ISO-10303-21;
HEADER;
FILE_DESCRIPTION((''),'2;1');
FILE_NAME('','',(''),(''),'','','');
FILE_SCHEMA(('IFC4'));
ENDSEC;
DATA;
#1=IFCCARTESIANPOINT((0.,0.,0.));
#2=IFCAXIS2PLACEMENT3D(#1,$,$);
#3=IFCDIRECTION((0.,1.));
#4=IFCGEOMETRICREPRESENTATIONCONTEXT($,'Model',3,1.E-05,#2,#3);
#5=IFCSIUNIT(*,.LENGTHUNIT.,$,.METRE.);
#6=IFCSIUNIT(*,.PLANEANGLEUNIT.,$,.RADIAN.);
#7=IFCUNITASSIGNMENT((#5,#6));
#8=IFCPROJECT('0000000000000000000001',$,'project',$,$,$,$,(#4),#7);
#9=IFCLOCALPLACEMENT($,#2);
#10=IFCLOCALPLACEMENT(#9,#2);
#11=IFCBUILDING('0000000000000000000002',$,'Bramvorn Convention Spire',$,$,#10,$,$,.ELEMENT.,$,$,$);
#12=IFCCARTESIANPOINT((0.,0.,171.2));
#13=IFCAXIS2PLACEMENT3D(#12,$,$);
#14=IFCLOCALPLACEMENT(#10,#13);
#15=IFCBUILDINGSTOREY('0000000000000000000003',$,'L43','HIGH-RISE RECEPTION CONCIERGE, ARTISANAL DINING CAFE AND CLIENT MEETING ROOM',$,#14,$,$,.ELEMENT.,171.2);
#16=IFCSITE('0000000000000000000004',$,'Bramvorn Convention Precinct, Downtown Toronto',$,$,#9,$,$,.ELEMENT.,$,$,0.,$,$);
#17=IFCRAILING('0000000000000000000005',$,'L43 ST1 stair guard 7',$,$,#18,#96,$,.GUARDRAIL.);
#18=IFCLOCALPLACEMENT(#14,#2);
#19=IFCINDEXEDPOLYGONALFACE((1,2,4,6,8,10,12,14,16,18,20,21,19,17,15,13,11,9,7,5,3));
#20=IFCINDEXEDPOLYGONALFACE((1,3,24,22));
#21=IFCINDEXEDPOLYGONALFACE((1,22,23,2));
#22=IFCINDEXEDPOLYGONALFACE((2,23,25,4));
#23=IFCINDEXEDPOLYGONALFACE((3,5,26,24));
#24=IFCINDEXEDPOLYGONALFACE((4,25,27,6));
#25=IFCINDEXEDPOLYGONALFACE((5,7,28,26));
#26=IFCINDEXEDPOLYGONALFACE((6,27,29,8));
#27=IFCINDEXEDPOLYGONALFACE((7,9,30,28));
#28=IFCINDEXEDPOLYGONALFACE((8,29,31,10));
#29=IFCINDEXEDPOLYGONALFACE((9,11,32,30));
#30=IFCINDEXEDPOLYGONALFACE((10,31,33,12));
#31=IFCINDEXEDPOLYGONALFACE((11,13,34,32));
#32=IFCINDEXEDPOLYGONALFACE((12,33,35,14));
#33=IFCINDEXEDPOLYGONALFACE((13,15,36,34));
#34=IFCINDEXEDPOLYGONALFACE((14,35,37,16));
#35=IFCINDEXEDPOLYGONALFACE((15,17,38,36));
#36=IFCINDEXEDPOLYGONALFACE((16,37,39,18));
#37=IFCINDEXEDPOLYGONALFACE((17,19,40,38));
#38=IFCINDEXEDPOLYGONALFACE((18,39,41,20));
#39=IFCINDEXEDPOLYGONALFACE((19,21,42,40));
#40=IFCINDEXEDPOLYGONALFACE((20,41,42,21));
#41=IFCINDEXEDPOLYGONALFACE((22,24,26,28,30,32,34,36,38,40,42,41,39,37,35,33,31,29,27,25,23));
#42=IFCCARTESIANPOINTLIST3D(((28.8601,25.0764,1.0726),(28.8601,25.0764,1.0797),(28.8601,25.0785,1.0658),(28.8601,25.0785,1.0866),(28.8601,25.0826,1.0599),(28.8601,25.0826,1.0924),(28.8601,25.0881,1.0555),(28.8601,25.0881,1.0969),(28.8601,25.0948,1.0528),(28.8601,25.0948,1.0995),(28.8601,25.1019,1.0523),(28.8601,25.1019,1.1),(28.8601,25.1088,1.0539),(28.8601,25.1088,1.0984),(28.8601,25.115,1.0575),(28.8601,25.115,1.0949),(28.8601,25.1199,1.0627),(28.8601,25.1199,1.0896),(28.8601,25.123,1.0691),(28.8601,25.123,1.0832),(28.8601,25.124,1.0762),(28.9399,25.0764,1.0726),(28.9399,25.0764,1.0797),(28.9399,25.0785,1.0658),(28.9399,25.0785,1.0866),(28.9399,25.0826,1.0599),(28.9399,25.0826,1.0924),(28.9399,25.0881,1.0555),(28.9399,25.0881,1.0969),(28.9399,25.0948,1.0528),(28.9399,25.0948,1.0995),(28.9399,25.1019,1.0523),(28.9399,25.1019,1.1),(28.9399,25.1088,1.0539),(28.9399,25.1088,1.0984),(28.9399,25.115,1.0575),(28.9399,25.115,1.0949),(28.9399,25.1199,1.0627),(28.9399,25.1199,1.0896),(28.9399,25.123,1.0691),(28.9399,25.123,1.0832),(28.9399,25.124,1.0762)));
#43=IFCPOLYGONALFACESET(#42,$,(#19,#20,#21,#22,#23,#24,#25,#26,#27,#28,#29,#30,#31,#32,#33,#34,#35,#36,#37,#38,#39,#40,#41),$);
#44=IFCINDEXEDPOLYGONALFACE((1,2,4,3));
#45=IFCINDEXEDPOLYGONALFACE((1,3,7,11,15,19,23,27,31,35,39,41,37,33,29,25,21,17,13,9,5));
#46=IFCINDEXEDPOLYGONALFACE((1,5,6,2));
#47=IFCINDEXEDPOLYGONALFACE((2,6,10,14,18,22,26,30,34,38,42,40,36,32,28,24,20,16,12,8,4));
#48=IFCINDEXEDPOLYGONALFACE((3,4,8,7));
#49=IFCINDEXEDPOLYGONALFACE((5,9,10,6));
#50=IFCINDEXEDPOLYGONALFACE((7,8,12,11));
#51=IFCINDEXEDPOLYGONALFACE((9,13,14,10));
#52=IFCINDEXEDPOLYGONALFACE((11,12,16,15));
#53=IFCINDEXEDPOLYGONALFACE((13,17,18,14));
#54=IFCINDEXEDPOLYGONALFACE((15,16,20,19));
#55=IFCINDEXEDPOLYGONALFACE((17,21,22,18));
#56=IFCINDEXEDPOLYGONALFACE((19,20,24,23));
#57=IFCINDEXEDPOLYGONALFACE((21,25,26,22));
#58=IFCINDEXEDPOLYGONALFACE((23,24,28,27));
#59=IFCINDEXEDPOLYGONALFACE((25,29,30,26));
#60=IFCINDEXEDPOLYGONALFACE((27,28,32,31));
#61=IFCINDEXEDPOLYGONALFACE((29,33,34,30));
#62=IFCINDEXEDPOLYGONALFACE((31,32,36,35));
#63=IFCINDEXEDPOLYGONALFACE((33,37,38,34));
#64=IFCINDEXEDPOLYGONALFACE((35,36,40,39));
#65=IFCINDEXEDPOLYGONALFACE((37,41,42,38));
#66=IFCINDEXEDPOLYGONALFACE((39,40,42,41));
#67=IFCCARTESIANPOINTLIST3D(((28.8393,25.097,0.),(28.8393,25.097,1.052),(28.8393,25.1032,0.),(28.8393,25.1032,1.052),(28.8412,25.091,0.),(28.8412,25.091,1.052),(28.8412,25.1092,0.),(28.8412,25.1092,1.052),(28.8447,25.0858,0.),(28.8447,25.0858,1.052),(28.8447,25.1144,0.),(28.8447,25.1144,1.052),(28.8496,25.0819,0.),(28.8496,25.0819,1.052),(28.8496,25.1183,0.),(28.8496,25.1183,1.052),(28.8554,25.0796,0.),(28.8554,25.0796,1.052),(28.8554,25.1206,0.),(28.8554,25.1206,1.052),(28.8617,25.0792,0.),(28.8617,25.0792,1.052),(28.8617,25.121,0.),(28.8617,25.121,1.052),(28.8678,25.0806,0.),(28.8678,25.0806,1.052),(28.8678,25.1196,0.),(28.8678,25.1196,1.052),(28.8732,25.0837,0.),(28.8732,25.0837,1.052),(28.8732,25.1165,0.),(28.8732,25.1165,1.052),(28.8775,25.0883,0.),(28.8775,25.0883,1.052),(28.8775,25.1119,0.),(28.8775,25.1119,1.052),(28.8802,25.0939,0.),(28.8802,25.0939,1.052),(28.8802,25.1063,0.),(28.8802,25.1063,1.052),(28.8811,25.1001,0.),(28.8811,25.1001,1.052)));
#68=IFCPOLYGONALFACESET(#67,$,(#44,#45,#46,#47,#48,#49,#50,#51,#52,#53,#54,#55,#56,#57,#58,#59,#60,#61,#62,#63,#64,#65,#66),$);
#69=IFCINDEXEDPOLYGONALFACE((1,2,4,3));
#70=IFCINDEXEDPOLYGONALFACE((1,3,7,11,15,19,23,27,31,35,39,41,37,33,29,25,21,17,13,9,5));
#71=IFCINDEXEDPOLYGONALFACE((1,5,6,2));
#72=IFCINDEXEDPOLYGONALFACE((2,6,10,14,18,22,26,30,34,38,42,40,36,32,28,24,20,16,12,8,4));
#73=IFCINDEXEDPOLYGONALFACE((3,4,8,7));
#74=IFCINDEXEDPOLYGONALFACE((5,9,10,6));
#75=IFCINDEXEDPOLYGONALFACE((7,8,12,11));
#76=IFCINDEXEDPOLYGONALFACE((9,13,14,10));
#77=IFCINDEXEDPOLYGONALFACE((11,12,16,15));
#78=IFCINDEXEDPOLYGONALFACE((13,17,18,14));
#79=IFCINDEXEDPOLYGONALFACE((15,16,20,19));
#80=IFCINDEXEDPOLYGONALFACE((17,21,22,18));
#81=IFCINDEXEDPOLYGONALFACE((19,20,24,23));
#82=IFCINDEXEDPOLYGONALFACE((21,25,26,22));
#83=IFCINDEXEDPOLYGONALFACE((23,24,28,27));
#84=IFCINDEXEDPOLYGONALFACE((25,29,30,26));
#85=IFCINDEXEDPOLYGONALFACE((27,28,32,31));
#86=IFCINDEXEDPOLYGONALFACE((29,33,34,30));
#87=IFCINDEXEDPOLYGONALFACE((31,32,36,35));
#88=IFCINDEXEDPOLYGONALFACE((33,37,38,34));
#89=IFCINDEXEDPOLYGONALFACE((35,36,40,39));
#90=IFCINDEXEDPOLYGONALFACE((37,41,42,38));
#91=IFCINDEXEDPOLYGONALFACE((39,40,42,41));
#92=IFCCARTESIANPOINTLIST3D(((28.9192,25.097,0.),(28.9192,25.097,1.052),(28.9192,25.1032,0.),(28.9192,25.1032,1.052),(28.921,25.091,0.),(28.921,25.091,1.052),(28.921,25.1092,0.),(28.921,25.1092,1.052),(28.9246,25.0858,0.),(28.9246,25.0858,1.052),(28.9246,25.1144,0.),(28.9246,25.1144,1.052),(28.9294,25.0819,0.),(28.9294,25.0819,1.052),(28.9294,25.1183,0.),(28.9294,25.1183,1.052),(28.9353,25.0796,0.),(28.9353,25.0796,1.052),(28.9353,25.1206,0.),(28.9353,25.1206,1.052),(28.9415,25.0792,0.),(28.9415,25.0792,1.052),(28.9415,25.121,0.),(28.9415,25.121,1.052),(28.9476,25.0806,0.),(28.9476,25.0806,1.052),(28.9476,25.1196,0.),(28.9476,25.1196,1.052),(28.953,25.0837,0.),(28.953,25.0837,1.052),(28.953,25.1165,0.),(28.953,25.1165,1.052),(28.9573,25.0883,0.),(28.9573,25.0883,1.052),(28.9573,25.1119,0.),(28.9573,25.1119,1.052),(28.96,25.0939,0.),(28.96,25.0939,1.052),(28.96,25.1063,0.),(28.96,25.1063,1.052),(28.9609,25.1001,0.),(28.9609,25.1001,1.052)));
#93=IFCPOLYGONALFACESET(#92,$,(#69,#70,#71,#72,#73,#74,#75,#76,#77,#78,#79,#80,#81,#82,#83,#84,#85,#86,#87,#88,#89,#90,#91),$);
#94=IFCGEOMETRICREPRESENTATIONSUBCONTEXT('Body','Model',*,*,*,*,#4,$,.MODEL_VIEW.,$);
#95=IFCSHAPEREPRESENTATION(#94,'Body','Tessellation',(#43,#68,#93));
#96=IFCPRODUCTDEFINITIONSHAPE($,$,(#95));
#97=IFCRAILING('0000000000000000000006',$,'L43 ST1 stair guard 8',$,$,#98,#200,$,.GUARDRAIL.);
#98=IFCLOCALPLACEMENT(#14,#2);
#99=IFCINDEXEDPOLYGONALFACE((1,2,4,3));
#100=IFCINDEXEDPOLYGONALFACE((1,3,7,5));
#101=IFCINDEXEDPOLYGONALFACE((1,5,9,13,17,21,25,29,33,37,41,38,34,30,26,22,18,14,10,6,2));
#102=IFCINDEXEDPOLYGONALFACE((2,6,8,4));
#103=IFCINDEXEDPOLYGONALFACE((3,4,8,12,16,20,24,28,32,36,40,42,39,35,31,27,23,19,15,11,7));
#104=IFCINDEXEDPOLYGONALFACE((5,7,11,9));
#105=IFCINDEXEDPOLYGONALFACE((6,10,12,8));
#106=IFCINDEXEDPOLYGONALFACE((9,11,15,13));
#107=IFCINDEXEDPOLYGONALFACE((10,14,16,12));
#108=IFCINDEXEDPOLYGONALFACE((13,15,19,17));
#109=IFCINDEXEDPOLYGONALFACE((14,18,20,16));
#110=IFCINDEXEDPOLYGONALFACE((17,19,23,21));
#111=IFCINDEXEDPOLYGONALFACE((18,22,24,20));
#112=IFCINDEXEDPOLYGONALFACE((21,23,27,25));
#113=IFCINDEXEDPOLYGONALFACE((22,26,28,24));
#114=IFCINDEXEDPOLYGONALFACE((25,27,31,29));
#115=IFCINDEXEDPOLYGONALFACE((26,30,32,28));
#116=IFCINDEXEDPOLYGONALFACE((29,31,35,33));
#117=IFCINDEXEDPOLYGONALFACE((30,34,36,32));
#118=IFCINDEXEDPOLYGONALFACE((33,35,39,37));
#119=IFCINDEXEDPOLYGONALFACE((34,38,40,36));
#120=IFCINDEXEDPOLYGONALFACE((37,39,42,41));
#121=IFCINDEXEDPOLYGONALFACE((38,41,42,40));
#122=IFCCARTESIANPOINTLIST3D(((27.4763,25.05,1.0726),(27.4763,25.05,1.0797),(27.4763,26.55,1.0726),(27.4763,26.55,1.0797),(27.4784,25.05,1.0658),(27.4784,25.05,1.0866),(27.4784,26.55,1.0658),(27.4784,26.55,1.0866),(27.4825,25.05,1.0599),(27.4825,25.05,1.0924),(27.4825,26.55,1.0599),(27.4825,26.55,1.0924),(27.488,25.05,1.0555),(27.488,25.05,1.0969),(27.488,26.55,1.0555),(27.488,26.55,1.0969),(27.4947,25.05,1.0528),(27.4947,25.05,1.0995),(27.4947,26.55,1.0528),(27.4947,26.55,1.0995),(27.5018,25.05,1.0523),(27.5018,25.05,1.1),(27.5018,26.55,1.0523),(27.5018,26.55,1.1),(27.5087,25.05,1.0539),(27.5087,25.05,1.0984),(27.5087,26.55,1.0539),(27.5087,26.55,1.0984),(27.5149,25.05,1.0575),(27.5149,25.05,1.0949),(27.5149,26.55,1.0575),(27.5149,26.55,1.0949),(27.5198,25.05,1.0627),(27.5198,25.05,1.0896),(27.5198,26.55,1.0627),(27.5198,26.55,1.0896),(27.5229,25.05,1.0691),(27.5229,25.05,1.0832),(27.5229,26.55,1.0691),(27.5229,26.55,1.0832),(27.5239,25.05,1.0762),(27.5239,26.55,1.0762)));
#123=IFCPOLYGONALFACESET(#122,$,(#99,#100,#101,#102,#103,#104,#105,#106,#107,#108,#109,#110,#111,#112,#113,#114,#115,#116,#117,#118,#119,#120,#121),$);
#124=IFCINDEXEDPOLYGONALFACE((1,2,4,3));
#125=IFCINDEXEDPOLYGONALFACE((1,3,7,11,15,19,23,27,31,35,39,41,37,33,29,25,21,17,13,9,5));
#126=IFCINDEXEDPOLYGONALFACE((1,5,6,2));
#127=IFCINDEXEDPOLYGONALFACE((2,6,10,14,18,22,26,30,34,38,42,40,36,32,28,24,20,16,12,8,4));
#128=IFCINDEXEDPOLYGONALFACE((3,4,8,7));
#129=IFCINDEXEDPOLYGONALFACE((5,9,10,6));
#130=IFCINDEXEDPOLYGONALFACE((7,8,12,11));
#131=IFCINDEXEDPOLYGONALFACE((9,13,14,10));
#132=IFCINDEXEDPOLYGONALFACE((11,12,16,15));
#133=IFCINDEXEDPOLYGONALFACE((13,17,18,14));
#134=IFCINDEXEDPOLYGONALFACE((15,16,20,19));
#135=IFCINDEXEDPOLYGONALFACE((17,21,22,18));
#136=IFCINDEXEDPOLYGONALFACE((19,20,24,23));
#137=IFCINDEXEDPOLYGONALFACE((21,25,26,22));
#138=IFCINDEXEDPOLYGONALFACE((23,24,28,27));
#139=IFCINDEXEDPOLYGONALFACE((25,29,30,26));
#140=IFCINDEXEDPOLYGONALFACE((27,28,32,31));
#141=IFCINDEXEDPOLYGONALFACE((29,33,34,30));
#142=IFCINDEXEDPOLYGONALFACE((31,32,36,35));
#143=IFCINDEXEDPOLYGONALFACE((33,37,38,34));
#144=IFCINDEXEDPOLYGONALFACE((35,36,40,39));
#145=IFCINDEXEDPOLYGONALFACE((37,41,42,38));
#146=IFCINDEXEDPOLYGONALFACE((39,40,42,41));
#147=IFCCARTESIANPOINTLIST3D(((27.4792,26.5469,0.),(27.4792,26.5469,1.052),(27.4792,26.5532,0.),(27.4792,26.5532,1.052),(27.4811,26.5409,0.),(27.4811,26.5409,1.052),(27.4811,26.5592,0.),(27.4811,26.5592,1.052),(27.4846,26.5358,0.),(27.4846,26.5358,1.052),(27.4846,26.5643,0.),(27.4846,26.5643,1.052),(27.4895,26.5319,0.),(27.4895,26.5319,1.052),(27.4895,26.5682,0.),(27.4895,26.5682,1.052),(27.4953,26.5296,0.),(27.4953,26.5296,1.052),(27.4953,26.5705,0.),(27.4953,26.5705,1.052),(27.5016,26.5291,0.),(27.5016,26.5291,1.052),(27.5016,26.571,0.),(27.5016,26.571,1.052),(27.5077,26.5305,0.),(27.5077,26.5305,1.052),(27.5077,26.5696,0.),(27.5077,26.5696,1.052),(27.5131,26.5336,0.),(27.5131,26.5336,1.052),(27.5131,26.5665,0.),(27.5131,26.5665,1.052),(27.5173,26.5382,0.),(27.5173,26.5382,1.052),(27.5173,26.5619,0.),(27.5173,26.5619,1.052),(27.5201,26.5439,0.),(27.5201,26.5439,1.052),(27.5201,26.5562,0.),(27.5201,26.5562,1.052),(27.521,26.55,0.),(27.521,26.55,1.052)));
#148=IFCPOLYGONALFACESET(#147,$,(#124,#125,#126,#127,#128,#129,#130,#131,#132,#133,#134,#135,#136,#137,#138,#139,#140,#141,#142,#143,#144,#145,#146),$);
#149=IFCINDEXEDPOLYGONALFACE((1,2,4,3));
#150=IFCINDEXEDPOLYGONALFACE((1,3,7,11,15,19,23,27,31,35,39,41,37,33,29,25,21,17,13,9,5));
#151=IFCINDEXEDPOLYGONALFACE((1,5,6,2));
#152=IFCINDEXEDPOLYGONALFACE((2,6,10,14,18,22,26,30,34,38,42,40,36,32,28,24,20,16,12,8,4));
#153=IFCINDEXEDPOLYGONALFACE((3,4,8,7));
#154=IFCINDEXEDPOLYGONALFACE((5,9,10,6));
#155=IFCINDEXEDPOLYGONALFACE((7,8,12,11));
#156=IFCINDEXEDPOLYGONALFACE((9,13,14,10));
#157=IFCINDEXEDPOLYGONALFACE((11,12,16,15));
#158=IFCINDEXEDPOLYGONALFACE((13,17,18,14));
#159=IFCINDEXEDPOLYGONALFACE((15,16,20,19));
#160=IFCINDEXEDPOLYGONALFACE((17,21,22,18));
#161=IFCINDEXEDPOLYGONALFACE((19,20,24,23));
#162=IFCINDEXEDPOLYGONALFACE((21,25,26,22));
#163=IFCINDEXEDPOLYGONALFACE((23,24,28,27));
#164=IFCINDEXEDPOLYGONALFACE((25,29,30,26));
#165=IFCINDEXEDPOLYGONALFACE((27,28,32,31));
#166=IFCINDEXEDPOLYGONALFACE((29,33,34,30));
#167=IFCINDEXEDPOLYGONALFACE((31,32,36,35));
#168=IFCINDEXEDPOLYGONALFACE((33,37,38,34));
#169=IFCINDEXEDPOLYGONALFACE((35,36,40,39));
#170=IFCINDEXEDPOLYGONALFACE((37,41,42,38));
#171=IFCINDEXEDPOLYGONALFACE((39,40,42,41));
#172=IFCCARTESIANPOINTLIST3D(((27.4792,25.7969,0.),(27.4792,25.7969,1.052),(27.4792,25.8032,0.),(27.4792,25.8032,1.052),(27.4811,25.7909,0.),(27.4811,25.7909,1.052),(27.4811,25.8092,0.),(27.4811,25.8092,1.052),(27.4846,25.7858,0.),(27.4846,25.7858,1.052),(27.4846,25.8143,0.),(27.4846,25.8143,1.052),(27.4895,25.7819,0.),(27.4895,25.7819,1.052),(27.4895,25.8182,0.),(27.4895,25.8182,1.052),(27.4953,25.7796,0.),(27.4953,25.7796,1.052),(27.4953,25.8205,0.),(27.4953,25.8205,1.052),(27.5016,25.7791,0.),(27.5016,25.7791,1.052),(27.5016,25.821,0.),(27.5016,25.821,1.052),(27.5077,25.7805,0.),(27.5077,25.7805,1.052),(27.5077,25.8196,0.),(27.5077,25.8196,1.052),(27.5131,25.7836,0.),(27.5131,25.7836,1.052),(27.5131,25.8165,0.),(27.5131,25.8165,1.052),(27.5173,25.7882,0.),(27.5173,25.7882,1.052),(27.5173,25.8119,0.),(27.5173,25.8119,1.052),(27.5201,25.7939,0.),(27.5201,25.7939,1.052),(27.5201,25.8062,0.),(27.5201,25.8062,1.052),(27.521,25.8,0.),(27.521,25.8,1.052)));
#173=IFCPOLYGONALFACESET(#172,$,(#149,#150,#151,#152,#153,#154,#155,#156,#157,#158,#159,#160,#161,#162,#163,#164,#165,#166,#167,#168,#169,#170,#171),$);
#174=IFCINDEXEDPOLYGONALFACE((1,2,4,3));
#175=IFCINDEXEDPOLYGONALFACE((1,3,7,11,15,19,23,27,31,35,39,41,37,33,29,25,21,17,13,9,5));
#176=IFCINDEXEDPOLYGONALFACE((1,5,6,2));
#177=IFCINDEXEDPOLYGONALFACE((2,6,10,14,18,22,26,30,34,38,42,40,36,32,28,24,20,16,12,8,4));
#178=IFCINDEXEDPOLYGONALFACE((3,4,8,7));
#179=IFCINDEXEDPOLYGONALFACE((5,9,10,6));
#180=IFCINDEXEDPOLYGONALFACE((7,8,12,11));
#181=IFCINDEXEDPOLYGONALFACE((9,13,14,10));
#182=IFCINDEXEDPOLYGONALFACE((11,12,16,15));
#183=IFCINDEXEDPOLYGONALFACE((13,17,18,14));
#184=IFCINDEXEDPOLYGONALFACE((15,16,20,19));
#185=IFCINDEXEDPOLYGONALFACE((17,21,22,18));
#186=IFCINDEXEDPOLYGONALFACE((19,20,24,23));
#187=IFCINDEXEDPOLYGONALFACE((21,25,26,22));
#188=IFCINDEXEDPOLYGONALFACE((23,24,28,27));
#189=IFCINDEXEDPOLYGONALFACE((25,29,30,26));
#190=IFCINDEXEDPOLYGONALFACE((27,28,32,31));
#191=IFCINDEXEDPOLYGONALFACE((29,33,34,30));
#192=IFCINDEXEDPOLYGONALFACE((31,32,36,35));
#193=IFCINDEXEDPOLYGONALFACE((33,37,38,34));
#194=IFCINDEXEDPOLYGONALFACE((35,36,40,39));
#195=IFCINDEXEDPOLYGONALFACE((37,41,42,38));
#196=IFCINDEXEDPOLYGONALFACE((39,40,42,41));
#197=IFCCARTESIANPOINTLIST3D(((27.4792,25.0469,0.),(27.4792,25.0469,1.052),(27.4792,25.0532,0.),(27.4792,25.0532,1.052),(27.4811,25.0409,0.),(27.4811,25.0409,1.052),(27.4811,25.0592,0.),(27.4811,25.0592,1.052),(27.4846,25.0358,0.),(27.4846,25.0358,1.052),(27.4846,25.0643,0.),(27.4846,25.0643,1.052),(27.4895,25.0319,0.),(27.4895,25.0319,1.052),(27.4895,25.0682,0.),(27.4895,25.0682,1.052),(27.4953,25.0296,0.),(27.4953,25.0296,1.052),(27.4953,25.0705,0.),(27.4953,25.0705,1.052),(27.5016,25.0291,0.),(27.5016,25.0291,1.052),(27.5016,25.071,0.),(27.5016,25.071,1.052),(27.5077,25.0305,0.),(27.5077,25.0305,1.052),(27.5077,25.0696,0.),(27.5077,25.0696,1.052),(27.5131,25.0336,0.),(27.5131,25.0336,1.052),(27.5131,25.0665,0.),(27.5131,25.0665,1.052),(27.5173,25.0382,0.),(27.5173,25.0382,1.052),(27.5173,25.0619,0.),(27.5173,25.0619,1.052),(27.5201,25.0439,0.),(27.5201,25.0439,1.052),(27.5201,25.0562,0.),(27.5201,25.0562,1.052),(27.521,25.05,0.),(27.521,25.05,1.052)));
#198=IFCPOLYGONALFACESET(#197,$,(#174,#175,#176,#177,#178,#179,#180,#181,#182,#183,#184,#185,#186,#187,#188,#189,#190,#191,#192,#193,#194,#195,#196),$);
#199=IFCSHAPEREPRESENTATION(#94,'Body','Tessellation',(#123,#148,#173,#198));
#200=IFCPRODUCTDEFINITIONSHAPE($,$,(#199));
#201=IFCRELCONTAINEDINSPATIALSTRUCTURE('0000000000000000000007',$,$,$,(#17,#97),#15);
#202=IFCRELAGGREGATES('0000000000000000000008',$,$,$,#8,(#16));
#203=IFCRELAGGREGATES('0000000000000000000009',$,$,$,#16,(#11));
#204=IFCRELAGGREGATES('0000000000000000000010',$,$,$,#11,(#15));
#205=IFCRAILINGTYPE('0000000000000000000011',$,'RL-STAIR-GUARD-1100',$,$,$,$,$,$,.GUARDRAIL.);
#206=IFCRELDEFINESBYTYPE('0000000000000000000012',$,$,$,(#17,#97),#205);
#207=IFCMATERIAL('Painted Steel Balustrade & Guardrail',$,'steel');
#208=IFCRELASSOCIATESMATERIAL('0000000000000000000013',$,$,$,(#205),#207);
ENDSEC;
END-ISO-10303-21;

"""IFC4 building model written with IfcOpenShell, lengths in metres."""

from ifc_helpers import new_model, si_unit, direction, frame, origin, origin_2d, place, context, subcontext, project, spatial, circle, extrude, material, type_object, element, save


model = new_model("IFC4")

# Units and contexts
model_context = context("Model", 3, precision=1e-05, world=origin(), true_north=direction((0.0, 1.0)))
body_context = subcontext(model_context, "Body", "Model", "MODEL_VIEW")
ifc_project = project(units=[si_unit("LENGTHUNIT", "METRE"), si_unit("PLANEANGLEUNIT", "RADIAN")], contexts=[model_context])

# Site, building, storey
site_placement = place(None, origin())
site = spatial("IfcSite", under=ifc_project, at=site_placement, Name="Bramvorn Convention Precinct, Downtown Toronto", CompositionType="ELEMENT", RefElevation=0.0)
building_placement = place(site_placement, origin())
building = spatial("IfcBuilding", under=site, at=building_placement, Name="Bramvorn Convention Spire", CompositionType="ELEMENT")
storey_placement = place(building_placement, frame((0.0, 0.0, 171.2)))
storey = spatial("IfcBuildingStorey", under=building, at=storey_placement, Name="L43", Description="HIGH-RISE RECEPTION CONCIERGE, ARTISANAL DINING CAFE AND CLIENT MEETING ROOM", CompositionType="ELEMENT", Elevation=171.2)

# Railings
ifc_material_1 = material(Name="Painted Steel Balustrade & Guardrail", Category="steel")
railing_type = type_object("IfcRailingType", Name="RL-STAIR-GUARD-1100", PredefinedType="GUARDRAIL", material=ifc_material_1)
railing_1_placement = place(storey_placement, frame((28.8601, 25.1001, 0.0)))
element("IfcRailing", 1, at=railing_1_placement, inside=storey, type_object=railing_type, Name="L43 ST1 stair guard 7", PredefinedType="GUARDRAIL", context=body_context, shape_type="SweptSolid", body=[
    extrude(circle(Radius=0.0239, at=origin_2d()), frame((0.0, 0.0, 1.0762), z_axis=(1.0, 0.0, 0.0), x_axis=(0.0, 1.0, 0.0)), (0.0, 0.0, 1.0), 0.0798),
    extrude(circle(Radius=0.021, at=origin_2d()), origin(), (0.0, 0.0, 1.0), 1.052),
    extrude(circle(Radius=0.021, at=origin_2d()), frame((0.0798, 0.0, 0.0)), (0.0, 0.0, 1.0), 1.052),
])
for number, where, name in (
    (2, (27.5, 26.55, 0.0), "L43 ST1 stair guard 8"),
):
    element("IfcRailing", number, at=place(storey_placement, frame(where)), inside=storey, type_object=railing_type, Name=name, PredefinedType="GUARDRAIL", context=body_context, shape_type="SweptSolid", body=[
        extrude(circle(Radius=0.0239, at=origin_2d()), frame((0.0, 0.0, 1.0762), z_axis=(0.0, -1.0, 0.0), x_axis=(1.0, 0.0, 0.0)), (0.0, 0.0, 1.0), 1.5),
        extrude(circle(Radius=0.021, at=origin_2d()), origin(), (0.0, 0.0, 1.0), 1.052),
        extrude(circle(Radius=0.021, at=origin_2d()), frame((0.0, -0.75, 0.0)), (0.0, 0.0, 1.0), 1.052),
        extrude(circle(Radius=0.021, at=origin_2d()), frame((0.0, -1.5, 0.0)), (0.0, 0.0, 1.0), 1.052),
    ])

save(model, "model.ifc")
